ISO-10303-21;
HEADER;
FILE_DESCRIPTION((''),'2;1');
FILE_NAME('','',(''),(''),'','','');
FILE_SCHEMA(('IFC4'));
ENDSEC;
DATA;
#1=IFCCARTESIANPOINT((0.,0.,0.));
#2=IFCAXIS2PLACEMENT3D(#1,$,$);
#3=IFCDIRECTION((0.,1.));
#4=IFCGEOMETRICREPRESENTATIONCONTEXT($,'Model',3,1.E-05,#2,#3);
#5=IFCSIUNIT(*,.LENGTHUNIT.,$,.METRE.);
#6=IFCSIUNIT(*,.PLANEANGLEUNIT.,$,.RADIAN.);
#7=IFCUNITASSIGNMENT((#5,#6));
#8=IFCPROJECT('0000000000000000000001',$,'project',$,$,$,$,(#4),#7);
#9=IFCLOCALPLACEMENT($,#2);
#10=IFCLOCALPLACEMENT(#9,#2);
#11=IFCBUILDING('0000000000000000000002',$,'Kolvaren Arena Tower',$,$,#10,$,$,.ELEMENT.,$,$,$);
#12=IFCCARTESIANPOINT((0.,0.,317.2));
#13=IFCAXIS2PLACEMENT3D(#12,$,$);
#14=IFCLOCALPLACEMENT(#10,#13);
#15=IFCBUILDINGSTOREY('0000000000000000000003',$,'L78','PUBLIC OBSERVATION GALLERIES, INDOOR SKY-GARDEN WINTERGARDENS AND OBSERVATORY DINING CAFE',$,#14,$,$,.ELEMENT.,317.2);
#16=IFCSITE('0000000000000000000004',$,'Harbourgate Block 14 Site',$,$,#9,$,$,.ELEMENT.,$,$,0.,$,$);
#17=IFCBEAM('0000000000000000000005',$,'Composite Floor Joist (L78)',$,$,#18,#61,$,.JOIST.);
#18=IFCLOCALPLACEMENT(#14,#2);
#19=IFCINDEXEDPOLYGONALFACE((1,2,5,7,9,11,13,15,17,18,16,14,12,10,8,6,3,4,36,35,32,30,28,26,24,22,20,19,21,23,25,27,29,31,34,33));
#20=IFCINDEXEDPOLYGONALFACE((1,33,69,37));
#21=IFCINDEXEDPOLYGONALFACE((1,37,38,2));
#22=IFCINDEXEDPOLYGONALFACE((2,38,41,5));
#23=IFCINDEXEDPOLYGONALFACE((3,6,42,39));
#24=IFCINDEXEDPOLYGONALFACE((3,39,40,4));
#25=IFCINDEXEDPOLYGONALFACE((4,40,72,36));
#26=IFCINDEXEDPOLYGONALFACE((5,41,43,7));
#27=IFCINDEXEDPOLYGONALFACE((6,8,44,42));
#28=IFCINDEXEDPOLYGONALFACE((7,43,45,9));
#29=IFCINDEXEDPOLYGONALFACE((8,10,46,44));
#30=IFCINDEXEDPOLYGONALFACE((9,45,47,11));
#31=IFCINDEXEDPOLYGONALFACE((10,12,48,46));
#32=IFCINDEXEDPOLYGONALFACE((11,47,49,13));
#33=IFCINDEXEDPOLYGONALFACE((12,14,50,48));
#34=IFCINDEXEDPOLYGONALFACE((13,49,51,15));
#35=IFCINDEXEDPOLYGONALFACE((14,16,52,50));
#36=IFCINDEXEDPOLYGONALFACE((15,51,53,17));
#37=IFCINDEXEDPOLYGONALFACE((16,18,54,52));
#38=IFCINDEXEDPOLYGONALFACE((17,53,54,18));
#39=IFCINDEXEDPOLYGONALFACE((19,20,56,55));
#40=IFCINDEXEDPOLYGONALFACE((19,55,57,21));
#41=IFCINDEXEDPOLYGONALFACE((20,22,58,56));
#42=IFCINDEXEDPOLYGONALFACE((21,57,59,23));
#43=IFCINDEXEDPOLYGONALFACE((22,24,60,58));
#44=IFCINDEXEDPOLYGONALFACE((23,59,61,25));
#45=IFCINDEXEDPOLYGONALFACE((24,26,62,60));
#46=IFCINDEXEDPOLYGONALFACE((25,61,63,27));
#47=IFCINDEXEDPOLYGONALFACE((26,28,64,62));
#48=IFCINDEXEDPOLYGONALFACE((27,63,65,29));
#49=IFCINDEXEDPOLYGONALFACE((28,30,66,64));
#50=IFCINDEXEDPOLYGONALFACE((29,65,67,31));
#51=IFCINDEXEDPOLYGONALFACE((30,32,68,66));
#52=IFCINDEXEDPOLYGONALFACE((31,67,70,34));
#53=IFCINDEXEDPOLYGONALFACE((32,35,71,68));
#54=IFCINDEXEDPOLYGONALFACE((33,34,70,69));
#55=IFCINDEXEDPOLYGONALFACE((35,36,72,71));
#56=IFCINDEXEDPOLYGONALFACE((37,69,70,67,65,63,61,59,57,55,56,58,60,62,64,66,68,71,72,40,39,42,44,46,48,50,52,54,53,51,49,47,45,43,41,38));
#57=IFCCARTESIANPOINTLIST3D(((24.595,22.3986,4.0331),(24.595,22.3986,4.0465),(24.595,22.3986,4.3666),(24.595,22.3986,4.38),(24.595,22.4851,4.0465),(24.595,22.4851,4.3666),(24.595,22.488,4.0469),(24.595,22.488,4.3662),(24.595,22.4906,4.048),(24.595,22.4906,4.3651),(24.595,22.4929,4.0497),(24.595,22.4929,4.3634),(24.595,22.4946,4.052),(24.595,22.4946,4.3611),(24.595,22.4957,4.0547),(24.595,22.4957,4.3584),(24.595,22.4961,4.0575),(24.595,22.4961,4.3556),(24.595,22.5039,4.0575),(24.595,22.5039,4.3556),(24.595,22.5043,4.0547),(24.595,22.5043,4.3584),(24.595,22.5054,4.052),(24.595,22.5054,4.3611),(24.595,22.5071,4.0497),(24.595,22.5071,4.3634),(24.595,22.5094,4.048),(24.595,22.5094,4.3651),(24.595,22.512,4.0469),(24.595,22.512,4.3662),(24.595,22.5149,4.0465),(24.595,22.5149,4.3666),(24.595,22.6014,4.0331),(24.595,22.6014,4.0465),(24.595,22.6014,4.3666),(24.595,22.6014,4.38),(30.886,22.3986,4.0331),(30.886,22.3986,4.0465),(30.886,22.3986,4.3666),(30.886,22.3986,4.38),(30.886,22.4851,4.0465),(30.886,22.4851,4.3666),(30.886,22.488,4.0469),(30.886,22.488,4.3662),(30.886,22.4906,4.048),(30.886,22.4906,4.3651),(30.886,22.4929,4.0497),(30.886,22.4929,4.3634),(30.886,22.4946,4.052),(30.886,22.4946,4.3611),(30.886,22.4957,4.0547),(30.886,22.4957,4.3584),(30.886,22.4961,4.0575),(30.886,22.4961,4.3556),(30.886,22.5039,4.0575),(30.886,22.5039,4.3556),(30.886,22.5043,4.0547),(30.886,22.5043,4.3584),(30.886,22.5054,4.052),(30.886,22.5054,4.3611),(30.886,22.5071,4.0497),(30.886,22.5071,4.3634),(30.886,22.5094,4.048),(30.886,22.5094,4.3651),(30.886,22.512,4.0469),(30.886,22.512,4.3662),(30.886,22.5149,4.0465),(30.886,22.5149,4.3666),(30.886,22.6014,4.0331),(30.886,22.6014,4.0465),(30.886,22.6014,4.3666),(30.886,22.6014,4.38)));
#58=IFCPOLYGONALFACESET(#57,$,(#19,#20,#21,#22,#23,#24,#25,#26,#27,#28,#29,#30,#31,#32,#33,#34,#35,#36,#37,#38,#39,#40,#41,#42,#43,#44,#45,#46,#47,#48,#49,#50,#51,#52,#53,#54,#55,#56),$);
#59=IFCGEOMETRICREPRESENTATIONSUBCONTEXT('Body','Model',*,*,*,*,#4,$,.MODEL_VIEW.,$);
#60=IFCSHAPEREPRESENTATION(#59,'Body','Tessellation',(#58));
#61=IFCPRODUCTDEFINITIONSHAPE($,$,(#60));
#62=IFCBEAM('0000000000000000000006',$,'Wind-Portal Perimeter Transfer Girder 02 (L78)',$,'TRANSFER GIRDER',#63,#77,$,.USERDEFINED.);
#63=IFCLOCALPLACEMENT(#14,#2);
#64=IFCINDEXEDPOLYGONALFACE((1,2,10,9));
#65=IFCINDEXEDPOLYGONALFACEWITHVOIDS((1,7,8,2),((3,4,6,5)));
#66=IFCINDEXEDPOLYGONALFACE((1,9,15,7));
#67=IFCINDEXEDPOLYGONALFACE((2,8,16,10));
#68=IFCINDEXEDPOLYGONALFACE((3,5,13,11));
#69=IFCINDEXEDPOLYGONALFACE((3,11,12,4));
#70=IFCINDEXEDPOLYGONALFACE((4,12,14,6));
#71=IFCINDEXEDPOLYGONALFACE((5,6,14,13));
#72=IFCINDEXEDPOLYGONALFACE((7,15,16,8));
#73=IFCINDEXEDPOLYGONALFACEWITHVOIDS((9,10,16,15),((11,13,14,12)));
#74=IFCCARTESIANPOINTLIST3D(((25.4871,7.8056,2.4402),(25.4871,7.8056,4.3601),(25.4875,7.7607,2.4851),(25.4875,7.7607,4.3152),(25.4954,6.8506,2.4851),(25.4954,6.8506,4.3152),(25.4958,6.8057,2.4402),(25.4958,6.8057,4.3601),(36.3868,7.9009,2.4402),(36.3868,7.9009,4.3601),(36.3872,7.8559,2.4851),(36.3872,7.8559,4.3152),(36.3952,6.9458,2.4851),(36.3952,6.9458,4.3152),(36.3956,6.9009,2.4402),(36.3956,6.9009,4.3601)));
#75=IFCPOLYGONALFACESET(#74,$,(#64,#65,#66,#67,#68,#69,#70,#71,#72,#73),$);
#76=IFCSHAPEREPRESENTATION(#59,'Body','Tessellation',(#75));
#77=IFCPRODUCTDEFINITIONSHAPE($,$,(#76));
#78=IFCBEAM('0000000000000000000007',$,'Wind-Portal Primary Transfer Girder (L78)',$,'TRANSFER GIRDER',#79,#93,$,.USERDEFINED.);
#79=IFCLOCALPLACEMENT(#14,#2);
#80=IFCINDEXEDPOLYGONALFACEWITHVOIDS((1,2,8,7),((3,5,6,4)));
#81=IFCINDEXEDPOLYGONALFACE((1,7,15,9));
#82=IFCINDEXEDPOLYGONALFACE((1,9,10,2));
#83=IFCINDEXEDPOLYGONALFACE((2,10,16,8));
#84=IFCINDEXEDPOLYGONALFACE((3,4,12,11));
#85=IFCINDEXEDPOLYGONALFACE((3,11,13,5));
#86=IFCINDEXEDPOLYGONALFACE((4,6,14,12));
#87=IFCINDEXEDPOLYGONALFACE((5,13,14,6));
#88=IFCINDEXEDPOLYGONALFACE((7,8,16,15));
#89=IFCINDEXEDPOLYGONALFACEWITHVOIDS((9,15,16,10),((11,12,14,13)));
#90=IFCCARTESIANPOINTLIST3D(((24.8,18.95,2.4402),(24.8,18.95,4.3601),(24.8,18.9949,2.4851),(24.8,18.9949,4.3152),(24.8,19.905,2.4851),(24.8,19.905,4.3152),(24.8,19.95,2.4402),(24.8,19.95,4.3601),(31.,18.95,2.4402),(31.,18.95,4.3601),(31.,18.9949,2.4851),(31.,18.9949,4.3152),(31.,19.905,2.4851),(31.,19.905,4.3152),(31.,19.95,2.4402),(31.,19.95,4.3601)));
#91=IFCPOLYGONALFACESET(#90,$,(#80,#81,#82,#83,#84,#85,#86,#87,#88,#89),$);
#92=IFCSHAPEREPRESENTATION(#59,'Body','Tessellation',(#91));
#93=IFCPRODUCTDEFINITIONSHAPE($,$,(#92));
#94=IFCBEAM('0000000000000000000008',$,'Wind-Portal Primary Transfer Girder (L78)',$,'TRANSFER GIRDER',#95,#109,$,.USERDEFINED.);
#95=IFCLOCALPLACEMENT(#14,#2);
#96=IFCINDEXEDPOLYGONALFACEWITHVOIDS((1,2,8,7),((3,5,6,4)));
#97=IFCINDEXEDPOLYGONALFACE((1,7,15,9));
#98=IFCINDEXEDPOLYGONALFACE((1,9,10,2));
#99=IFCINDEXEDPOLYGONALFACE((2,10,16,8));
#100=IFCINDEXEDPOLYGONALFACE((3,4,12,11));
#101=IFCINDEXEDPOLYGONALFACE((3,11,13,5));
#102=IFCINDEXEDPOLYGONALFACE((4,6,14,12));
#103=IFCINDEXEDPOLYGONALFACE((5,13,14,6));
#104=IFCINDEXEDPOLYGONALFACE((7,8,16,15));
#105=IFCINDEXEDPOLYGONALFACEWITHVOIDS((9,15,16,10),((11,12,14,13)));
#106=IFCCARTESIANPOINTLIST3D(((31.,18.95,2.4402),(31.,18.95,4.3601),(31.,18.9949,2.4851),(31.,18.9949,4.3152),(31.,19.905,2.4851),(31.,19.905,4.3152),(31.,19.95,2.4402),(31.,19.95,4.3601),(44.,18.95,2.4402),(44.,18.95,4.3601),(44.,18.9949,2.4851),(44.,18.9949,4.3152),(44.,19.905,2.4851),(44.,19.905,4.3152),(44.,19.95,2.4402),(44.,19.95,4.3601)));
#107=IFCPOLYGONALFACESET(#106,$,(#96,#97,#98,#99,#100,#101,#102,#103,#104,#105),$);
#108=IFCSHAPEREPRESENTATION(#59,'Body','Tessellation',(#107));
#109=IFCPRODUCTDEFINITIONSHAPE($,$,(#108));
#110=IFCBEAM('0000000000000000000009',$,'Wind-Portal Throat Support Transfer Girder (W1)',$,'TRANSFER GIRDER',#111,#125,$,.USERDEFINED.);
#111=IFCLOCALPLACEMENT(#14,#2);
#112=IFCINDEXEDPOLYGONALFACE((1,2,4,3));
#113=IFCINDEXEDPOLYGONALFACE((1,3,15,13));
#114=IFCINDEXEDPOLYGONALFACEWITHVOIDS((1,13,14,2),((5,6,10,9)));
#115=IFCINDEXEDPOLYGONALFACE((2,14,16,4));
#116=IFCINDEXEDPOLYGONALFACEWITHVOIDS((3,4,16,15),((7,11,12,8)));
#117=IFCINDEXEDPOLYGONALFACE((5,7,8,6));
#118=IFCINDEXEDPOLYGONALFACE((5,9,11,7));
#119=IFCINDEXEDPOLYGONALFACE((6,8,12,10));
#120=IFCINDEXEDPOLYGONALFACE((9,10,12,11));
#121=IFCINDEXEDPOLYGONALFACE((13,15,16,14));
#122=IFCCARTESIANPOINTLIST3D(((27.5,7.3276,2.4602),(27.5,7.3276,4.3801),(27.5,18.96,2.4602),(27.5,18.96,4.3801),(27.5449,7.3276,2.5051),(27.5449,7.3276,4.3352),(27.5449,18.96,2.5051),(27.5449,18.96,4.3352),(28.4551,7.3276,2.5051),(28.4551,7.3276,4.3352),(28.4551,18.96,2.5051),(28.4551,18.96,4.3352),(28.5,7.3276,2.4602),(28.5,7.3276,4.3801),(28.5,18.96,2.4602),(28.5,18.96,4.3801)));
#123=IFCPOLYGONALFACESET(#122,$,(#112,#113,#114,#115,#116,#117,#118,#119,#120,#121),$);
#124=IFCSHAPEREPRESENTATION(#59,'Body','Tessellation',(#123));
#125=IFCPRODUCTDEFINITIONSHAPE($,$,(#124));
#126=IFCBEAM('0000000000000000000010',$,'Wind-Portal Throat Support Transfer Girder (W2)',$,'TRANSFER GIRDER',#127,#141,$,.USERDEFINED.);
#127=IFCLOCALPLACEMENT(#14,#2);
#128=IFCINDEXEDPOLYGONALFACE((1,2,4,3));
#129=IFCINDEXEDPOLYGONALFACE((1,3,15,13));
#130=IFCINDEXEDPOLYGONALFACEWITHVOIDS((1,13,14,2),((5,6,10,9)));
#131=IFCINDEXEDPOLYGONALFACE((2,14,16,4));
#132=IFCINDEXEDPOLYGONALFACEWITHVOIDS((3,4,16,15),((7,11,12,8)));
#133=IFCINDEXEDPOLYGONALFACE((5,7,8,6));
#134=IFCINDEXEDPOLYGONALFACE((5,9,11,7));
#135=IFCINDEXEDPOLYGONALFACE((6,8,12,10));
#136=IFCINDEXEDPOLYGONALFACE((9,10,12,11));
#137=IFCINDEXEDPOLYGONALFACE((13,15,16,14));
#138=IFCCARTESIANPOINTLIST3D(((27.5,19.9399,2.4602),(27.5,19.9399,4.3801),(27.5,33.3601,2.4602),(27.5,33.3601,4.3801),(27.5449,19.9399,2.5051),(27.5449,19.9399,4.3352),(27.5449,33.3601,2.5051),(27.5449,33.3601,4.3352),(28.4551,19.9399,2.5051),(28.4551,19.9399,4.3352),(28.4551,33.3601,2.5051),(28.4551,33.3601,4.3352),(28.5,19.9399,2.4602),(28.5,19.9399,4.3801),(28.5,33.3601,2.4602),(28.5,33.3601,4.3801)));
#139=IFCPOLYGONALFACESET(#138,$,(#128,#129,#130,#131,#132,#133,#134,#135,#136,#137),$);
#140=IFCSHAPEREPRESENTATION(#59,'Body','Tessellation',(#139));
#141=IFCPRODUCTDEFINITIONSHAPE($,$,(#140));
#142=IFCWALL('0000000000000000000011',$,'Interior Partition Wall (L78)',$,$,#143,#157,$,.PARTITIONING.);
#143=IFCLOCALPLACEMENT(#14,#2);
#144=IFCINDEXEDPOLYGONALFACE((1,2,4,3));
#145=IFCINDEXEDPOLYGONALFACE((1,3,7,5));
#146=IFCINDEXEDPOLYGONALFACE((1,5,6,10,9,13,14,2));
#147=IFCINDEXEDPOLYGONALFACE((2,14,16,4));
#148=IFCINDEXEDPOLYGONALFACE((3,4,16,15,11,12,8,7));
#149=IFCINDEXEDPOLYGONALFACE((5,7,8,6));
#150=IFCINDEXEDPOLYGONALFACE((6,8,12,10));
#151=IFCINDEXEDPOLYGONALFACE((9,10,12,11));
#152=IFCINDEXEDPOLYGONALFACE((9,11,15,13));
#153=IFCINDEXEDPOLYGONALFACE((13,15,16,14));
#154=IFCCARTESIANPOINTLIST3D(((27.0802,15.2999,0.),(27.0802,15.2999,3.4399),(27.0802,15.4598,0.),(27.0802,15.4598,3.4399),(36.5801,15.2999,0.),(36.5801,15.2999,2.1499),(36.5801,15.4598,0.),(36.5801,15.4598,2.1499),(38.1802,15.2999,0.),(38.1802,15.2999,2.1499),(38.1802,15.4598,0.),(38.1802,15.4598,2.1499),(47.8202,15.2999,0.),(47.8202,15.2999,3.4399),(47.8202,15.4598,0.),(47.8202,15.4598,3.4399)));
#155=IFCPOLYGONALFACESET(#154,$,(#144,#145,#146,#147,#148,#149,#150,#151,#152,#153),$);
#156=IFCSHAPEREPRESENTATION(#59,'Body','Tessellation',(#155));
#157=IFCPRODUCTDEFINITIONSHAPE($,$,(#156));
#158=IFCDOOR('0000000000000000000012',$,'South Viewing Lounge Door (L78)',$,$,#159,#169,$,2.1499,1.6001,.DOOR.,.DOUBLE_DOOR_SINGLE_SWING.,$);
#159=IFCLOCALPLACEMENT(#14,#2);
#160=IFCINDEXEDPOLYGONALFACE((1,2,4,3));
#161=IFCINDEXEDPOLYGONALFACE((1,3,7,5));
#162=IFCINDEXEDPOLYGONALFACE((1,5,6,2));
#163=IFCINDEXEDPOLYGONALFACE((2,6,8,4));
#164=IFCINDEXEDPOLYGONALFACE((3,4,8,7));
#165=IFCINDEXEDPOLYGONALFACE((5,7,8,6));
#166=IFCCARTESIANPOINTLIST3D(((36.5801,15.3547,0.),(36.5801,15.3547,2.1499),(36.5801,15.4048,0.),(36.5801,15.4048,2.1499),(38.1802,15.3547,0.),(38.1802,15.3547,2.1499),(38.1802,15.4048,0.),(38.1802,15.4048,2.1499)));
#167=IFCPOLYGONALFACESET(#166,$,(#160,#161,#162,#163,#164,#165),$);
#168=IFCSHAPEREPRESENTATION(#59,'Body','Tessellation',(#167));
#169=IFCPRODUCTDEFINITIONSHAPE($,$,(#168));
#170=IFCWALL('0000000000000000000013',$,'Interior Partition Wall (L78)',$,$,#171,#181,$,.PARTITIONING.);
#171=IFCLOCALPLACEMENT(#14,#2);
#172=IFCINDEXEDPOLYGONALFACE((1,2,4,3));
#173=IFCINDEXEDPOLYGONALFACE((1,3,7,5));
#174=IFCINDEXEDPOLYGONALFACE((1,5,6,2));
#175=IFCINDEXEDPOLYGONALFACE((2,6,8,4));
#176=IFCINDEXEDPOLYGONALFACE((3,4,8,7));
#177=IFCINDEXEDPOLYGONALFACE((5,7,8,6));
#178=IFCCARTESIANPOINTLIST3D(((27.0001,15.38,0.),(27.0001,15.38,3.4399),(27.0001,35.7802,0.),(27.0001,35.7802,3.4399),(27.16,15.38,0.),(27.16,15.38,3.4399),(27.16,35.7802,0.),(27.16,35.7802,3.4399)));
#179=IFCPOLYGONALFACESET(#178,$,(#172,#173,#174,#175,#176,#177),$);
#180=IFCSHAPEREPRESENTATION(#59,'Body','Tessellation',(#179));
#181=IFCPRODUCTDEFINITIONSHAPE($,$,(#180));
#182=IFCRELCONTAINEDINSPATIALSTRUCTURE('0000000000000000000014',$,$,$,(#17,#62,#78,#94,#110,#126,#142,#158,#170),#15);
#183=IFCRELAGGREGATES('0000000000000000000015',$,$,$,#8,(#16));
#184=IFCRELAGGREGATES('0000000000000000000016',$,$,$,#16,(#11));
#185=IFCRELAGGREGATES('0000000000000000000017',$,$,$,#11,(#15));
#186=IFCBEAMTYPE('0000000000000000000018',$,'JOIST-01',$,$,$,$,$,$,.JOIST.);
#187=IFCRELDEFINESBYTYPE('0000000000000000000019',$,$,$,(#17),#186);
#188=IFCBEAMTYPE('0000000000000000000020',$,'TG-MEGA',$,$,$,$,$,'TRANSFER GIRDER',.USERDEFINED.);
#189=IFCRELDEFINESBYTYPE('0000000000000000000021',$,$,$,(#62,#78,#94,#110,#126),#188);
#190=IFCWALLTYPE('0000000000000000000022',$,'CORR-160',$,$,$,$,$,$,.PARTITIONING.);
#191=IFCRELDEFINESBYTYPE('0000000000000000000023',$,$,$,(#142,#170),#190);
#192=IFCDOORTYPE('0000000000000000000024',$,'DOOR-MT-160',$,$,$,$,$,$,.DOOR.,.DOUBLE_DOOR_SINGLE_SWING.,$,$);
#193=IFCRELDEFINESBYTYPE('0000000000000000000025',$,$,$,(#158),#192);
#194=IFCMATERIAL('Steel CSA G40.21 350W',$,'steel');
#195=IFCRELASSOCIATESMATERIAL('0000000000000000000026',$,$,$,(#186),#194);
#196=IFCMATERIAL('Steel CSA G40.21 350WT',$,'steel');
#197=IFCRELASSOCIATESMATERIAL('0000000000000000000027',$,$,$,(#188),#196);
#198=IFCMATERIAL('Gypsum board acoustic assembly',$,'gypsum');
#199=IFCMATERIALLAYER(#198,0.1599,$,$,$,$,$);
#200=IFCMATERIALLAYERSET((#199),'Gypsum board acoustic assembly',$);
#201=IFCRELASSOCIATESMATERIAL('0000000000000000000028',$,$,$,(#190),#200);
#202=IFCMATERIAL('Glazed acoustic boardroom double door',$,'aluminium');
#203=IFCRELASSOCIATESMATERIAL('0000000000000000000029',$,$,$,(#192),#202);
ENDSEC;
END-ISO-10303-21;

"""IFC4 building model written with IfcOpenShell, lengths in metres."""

from ifc_helpers import new_model, si_unit, direction, frame, frame_2d, origin, origin_2d, place, context, subcontext, project, spatial, rectangle, hollow_rectangle, i_section, extrude, material, layer, layer_set, material_profile, profile_set, type_object, element, fill, save


model = new_model("IFC4")

# Units and contexts
model_context = context("Model", 3, precision=1e-05, world=origin(), true_north=direction((0.0, 1.0)))
body_context = subcontext(model_context, "Body", "Model", "MODEL_VIEW")
ifc_project = project(units=[si_unit("LENGTHUNIT", "METRE"), si_unit("PLANEANGLEUNIT", "RADIAN")], contexts=[model_context])

# Site, building, storey
site_placement = place(None, origin())
site = spatial("IfcSite", under=ifc_project, at=site_placement, Name="Harbourgate Block 14 Site", CompositionType="ELEMENT", RefElevation=0.0)
building_placement = place(site_placement, origin())
building = spatial("IfcBuilding", under=site, at=building_placement, Name="Kolvaren Arena Tower", CompositionType="ELEMENT")
storey_placement = place(building_placement, frame((0.0, 0.0, 317.2)))
storey = spatial("IfcBuildingStorey", under=building, at=storey_placement, Name="L78", Description="PUBLIC OBSERVATION GALLERIES, INDOOR SKY-GARDEN WINTERGARDENS AND OBSERVATORY DINING CAFE", CompositionType="ELEMENT", Elevation=317.2)

# Beams
ifc_material_1 = material(Name="Steel CSA G40.21 350W", Category="steel")
ifc_material_profile_1 = material_profile(ifc_material_1, i_section(OverallWidth=0.2029, OverallDepth=0.3469, WebThickness=0.0078, FlangeThickness=0.0134, FilletRadius=0.011, at=origin_2d()), Name="W360x64")
ifc_profile_set_1 = profile_set([ifc_material_profile_1], Name="Steel CSA G40.21 350W")
beam_type_1 = type_object("IfcBeamType", Name="JOIST-01", PredefinedType="JOIST", material=ifc_profile_set_1)
beam_1_placement = place(storey_placement, frame((24.595, 22.5, 4.2065), z_axis=(1.0, 0.0, 0.0), x_axis=(0.0, 1.0, 0.0)))
element("IfcBeam", 1, at=beam_1_placement, inside=storey, type_object=beam_type_1, Name="Composite Floor Joist (L78)", PredefinedType="JOIST", context=body_context, shape_type="SweptSolid", body=[
    extrude(i_section(OverallWidth=0.2029, OverallDepth=0.3469, WebThickness=0.0078, FlangeThickness=0.0134, FilletRadius=0.011, at=origin_2d()), origin(), (0.0, 0.0, 1.0), 6.291),
])
ifc_material_2 = material(Name="Steel CSA G40.21 350WT", Category="steel")
ifc_material_profile_2 = material_profile(ifc_material_2, hollow_rectangle(XDim=1.0, YDim=1.9199, WallThickness=0.0449, at=origin_2d()), Name="BOX 1000x1920x45")
ifc_profile_set_2 = profile_set([ifc_material_profile_2], Name="Steel CSA G40.21 350WT")
beam_type_2 = type_object("IfcBeamType", Name="TG-MEGA", ElementType="TRANSFER GIRDER", PredefinedType="USERDEFINED", material=ifc_profile_set_2)
beam_2_placement = place(storey_placement, frame((25.4915, 7.3057, 3.4001), z_axis=(0.999962, 0.008735, 0.0), x_axis=(-0.008735, 0.999962, 0.0)))
element("IfcBeam", 2, at=beam_2_placement, inside=storey, type_object=beam_type_2, Name="Wind-Portal Perimeter Transfer Girder 02 (L78)", ObjectType="TRANSFER GIRDER", PredefinedType="USERDEFINED", context=body_context, shape_type="SweptSolid", body=[
    extrude(hollow_rectangle(XDim=1.0, YDim=1.9199, WallThickness=0.0449, at=origin_2d()), origin(), (0.0, 0.0, 1.0), 10.9001),
])
beam_3_placement = place(storey_placement, frame((24.8, 19.45, 3.4001), z_axis=(1.0, 0.0, 0.0), x_axis=(0.0, 1.0, 0.0)))
element("IfcBeam", 3, at=beam_3_placement, inside=storey, type_object=beam_type_2, Name="Wind-Portal Primary Transfer Girder (L78)", ObjectType="TRANSFER GIRDER", PredefinedType="USERDEFINED", context=body_context, shape_type="SweptSolid", body=[
    extrude(hollow_rectangle(XDim=1.0, YDim=1.9199, WallThickness=0.0449, at=origin_2d()), origin(), (0.0, 0.0, 1.0), 6.2),
])
beam_4_placement = place(storey_placement, frame((31.0, 19.45, 3.4001), z_axis=(1.0, 0.0, 0.0), x_axis=(0.0, 1.0, 0.0)))
element("IfcBeam", 4, at=beam_4_placement, inside=storey, type_object=beam_type_2, Name="Wind-Portal Primary Transfer Girder (L78)", ObjectType="TRANSFER GIRDER", PredefinedType="USERDEFINED", context=body_context, shape_type="SweptSolid", body=[
    extrude(hollow_rectangle(XDim=1.0, YDim=1.9199, WallThickness=0.0449, at=origin_2d()), origin(), (0.0, 0.0, 1.0), 13.0),
])
beam_5_placement = place(storey_placement, frame((28.0, 7.3276, 3.4202), z_axis=(0.0, 1.0, 0.0), x_axis=(-1.0, 0.0, 0.0)))
element("IfcBeam", 5, at=beam_5_placement, inside=storey, type_object=beam_type_2, Name="Wind-Portal Throat Support Transfer Girder (W1)", ObjectType="TRANSFER GIRDER", PredefinedType="USERDEFINED", context=body_context, shape_type="SweptSolid", body=[
    extrude(hollow_rectangle(XDim=1.0, YDim=1.9199, WallThickness=0.0449, at=origin_2d()), origin(), (0.0, 0.0, 1.0), 11.6323),
])
beam_6_placement = place(storey_placement, frame((28.0, 19.9399, 3.4202), z_axis=(0.0, 1.0, 0.0), x_axis=(-1.0, 0.0, 0.0)))
element("IfcBeam", 6, at=beam_6_placement, inside=storey, type_object=beam_type_2, Name="Wind-Portal Throat Support Transfer Girder (W2)", ObjectType="TRANSFER GIRDER", PredefinedType="USERDEFINED", context=body_context, shape_type="SweptSolid", body=[
    extrude(hollow_rectangle(XDim=1.0, YDim=1.9199, WallThickness=0.0449, at=origin_2d()), origin(), (0.0, 0.0, 1.0), 13.4202),
])

# Wall, opening, door
ifc_material_3 = material(Name="Gypsum board acoustic assembly", Category="gypsum")
ifc_layer_1 = layer(ifc_material_3, 0.1599)
ifc_layer_set_1 = layer_set([ifc_layer_1], Name="Gypsum board acoustic assembly")
wall_type_1 = type_object("IfcWallType", Name="CORR-160", PredefinedType="PARTITIONING", material=ifc_layer_set_1)
wall_1_placement = place(storey_placement, frame((27.0801, 15.3799, 0.0), z_axis=(0.0, 0.0, 1.0), x_axis=(1.0, 0.0, 0.0)))
wall_1 = element("IfcWall", 7, at=wall_1_placement, inside=storey, type_object=wall_type_1, Name="Interior Partition Wall (L78)", PredefinedType="PARTITIONING", context=body_context, shape_type="SweptSolid", body=[
    extrude(rectangle(XDim=20.74, YDim=0.1599, at=frame_2d((10.3701, 0.0))), origin(), (0.0, 0.0, 1.0), 3.4399),
])
opening_1_placement = place(wall_1_placement, frame((9.5, 0.0, 0.0)))
opening_1 = element("IfcOpeningElement", 8, at=opening_1_placement, cuts=wall_1, PredefinedType="OPENING", context=body_context, shape_type="SweptSolid", body=[
    extrude(rectangle(XDim=1.6001, YDim=2.1499, at=frame_2d((0.8, 1.075))), frame((0.0, 0.0898, 0.0), z_axis=(0.0, -1.0, 0.0), x_axis=(1.0, 0.0, 0.0)), (0.0, 0.0, 1.0), 0.1799),
])
ifc_material_4 = material(Name="Glazed acoustic boardroom double door", Category="aluminium")
door_type_1 = type_object("IfcDoorType", Name="DOOR-MT-160", OperationType="DOUBLE_DOOR_SINGLE_SWING", PredefinedType="DOOR", material=ifc_material_4)
door_1_placement = place(opening_1_placement, origin())
door_1 = element("IfcDoor", 9, at=door_1_placement, inside=storey, type_object=door_type_1, Name="South Viewing Lounge Door (L78)", OperationType="DOUBLE_DOOR_SINGLE_SWING", OverallHeight=2.1499, OverallWidth=1.6001, PredefinedType="DOOR", context=body_context, shape_type="SweptSolid", body=[
    extrude(rectangle(XDim=1.6001, YDim=2.1499, at=frame_2d((0.8, 1.075))), frame((0.0, 0.0249, 0.0), z_axis=(0.0, -1.0, 0.0), x_axis=(1.0, 0.0, 0.0)), (0.0, 0.0, 1.0), 0.05),
])
fill(opening_1, door_1)

# Wall
wall_2_placement = place(storey_placement, frame((27.0801, 15.3799, 0.0), z_axis=(0.0, 0.0, 1.0), x_axis=(0.0, 1.0, 0.0)))
element("IfcWall", 10, at=wall_2_placement, inside=storey, type_object=wall_type_1, Name="Interior Partition Wall (L78)", PredefinedType="PARTITIONING", context=body_context, shape_type="SweptSolid", body=[
    extrude(rectangle(XDim=20.4001, YDim=0.1599, at=frame_2d((10.2002, 0.0))), origin(), (0.0, 0.0, 1.0), 3.4399),
])

save(model, "model.ifc")
